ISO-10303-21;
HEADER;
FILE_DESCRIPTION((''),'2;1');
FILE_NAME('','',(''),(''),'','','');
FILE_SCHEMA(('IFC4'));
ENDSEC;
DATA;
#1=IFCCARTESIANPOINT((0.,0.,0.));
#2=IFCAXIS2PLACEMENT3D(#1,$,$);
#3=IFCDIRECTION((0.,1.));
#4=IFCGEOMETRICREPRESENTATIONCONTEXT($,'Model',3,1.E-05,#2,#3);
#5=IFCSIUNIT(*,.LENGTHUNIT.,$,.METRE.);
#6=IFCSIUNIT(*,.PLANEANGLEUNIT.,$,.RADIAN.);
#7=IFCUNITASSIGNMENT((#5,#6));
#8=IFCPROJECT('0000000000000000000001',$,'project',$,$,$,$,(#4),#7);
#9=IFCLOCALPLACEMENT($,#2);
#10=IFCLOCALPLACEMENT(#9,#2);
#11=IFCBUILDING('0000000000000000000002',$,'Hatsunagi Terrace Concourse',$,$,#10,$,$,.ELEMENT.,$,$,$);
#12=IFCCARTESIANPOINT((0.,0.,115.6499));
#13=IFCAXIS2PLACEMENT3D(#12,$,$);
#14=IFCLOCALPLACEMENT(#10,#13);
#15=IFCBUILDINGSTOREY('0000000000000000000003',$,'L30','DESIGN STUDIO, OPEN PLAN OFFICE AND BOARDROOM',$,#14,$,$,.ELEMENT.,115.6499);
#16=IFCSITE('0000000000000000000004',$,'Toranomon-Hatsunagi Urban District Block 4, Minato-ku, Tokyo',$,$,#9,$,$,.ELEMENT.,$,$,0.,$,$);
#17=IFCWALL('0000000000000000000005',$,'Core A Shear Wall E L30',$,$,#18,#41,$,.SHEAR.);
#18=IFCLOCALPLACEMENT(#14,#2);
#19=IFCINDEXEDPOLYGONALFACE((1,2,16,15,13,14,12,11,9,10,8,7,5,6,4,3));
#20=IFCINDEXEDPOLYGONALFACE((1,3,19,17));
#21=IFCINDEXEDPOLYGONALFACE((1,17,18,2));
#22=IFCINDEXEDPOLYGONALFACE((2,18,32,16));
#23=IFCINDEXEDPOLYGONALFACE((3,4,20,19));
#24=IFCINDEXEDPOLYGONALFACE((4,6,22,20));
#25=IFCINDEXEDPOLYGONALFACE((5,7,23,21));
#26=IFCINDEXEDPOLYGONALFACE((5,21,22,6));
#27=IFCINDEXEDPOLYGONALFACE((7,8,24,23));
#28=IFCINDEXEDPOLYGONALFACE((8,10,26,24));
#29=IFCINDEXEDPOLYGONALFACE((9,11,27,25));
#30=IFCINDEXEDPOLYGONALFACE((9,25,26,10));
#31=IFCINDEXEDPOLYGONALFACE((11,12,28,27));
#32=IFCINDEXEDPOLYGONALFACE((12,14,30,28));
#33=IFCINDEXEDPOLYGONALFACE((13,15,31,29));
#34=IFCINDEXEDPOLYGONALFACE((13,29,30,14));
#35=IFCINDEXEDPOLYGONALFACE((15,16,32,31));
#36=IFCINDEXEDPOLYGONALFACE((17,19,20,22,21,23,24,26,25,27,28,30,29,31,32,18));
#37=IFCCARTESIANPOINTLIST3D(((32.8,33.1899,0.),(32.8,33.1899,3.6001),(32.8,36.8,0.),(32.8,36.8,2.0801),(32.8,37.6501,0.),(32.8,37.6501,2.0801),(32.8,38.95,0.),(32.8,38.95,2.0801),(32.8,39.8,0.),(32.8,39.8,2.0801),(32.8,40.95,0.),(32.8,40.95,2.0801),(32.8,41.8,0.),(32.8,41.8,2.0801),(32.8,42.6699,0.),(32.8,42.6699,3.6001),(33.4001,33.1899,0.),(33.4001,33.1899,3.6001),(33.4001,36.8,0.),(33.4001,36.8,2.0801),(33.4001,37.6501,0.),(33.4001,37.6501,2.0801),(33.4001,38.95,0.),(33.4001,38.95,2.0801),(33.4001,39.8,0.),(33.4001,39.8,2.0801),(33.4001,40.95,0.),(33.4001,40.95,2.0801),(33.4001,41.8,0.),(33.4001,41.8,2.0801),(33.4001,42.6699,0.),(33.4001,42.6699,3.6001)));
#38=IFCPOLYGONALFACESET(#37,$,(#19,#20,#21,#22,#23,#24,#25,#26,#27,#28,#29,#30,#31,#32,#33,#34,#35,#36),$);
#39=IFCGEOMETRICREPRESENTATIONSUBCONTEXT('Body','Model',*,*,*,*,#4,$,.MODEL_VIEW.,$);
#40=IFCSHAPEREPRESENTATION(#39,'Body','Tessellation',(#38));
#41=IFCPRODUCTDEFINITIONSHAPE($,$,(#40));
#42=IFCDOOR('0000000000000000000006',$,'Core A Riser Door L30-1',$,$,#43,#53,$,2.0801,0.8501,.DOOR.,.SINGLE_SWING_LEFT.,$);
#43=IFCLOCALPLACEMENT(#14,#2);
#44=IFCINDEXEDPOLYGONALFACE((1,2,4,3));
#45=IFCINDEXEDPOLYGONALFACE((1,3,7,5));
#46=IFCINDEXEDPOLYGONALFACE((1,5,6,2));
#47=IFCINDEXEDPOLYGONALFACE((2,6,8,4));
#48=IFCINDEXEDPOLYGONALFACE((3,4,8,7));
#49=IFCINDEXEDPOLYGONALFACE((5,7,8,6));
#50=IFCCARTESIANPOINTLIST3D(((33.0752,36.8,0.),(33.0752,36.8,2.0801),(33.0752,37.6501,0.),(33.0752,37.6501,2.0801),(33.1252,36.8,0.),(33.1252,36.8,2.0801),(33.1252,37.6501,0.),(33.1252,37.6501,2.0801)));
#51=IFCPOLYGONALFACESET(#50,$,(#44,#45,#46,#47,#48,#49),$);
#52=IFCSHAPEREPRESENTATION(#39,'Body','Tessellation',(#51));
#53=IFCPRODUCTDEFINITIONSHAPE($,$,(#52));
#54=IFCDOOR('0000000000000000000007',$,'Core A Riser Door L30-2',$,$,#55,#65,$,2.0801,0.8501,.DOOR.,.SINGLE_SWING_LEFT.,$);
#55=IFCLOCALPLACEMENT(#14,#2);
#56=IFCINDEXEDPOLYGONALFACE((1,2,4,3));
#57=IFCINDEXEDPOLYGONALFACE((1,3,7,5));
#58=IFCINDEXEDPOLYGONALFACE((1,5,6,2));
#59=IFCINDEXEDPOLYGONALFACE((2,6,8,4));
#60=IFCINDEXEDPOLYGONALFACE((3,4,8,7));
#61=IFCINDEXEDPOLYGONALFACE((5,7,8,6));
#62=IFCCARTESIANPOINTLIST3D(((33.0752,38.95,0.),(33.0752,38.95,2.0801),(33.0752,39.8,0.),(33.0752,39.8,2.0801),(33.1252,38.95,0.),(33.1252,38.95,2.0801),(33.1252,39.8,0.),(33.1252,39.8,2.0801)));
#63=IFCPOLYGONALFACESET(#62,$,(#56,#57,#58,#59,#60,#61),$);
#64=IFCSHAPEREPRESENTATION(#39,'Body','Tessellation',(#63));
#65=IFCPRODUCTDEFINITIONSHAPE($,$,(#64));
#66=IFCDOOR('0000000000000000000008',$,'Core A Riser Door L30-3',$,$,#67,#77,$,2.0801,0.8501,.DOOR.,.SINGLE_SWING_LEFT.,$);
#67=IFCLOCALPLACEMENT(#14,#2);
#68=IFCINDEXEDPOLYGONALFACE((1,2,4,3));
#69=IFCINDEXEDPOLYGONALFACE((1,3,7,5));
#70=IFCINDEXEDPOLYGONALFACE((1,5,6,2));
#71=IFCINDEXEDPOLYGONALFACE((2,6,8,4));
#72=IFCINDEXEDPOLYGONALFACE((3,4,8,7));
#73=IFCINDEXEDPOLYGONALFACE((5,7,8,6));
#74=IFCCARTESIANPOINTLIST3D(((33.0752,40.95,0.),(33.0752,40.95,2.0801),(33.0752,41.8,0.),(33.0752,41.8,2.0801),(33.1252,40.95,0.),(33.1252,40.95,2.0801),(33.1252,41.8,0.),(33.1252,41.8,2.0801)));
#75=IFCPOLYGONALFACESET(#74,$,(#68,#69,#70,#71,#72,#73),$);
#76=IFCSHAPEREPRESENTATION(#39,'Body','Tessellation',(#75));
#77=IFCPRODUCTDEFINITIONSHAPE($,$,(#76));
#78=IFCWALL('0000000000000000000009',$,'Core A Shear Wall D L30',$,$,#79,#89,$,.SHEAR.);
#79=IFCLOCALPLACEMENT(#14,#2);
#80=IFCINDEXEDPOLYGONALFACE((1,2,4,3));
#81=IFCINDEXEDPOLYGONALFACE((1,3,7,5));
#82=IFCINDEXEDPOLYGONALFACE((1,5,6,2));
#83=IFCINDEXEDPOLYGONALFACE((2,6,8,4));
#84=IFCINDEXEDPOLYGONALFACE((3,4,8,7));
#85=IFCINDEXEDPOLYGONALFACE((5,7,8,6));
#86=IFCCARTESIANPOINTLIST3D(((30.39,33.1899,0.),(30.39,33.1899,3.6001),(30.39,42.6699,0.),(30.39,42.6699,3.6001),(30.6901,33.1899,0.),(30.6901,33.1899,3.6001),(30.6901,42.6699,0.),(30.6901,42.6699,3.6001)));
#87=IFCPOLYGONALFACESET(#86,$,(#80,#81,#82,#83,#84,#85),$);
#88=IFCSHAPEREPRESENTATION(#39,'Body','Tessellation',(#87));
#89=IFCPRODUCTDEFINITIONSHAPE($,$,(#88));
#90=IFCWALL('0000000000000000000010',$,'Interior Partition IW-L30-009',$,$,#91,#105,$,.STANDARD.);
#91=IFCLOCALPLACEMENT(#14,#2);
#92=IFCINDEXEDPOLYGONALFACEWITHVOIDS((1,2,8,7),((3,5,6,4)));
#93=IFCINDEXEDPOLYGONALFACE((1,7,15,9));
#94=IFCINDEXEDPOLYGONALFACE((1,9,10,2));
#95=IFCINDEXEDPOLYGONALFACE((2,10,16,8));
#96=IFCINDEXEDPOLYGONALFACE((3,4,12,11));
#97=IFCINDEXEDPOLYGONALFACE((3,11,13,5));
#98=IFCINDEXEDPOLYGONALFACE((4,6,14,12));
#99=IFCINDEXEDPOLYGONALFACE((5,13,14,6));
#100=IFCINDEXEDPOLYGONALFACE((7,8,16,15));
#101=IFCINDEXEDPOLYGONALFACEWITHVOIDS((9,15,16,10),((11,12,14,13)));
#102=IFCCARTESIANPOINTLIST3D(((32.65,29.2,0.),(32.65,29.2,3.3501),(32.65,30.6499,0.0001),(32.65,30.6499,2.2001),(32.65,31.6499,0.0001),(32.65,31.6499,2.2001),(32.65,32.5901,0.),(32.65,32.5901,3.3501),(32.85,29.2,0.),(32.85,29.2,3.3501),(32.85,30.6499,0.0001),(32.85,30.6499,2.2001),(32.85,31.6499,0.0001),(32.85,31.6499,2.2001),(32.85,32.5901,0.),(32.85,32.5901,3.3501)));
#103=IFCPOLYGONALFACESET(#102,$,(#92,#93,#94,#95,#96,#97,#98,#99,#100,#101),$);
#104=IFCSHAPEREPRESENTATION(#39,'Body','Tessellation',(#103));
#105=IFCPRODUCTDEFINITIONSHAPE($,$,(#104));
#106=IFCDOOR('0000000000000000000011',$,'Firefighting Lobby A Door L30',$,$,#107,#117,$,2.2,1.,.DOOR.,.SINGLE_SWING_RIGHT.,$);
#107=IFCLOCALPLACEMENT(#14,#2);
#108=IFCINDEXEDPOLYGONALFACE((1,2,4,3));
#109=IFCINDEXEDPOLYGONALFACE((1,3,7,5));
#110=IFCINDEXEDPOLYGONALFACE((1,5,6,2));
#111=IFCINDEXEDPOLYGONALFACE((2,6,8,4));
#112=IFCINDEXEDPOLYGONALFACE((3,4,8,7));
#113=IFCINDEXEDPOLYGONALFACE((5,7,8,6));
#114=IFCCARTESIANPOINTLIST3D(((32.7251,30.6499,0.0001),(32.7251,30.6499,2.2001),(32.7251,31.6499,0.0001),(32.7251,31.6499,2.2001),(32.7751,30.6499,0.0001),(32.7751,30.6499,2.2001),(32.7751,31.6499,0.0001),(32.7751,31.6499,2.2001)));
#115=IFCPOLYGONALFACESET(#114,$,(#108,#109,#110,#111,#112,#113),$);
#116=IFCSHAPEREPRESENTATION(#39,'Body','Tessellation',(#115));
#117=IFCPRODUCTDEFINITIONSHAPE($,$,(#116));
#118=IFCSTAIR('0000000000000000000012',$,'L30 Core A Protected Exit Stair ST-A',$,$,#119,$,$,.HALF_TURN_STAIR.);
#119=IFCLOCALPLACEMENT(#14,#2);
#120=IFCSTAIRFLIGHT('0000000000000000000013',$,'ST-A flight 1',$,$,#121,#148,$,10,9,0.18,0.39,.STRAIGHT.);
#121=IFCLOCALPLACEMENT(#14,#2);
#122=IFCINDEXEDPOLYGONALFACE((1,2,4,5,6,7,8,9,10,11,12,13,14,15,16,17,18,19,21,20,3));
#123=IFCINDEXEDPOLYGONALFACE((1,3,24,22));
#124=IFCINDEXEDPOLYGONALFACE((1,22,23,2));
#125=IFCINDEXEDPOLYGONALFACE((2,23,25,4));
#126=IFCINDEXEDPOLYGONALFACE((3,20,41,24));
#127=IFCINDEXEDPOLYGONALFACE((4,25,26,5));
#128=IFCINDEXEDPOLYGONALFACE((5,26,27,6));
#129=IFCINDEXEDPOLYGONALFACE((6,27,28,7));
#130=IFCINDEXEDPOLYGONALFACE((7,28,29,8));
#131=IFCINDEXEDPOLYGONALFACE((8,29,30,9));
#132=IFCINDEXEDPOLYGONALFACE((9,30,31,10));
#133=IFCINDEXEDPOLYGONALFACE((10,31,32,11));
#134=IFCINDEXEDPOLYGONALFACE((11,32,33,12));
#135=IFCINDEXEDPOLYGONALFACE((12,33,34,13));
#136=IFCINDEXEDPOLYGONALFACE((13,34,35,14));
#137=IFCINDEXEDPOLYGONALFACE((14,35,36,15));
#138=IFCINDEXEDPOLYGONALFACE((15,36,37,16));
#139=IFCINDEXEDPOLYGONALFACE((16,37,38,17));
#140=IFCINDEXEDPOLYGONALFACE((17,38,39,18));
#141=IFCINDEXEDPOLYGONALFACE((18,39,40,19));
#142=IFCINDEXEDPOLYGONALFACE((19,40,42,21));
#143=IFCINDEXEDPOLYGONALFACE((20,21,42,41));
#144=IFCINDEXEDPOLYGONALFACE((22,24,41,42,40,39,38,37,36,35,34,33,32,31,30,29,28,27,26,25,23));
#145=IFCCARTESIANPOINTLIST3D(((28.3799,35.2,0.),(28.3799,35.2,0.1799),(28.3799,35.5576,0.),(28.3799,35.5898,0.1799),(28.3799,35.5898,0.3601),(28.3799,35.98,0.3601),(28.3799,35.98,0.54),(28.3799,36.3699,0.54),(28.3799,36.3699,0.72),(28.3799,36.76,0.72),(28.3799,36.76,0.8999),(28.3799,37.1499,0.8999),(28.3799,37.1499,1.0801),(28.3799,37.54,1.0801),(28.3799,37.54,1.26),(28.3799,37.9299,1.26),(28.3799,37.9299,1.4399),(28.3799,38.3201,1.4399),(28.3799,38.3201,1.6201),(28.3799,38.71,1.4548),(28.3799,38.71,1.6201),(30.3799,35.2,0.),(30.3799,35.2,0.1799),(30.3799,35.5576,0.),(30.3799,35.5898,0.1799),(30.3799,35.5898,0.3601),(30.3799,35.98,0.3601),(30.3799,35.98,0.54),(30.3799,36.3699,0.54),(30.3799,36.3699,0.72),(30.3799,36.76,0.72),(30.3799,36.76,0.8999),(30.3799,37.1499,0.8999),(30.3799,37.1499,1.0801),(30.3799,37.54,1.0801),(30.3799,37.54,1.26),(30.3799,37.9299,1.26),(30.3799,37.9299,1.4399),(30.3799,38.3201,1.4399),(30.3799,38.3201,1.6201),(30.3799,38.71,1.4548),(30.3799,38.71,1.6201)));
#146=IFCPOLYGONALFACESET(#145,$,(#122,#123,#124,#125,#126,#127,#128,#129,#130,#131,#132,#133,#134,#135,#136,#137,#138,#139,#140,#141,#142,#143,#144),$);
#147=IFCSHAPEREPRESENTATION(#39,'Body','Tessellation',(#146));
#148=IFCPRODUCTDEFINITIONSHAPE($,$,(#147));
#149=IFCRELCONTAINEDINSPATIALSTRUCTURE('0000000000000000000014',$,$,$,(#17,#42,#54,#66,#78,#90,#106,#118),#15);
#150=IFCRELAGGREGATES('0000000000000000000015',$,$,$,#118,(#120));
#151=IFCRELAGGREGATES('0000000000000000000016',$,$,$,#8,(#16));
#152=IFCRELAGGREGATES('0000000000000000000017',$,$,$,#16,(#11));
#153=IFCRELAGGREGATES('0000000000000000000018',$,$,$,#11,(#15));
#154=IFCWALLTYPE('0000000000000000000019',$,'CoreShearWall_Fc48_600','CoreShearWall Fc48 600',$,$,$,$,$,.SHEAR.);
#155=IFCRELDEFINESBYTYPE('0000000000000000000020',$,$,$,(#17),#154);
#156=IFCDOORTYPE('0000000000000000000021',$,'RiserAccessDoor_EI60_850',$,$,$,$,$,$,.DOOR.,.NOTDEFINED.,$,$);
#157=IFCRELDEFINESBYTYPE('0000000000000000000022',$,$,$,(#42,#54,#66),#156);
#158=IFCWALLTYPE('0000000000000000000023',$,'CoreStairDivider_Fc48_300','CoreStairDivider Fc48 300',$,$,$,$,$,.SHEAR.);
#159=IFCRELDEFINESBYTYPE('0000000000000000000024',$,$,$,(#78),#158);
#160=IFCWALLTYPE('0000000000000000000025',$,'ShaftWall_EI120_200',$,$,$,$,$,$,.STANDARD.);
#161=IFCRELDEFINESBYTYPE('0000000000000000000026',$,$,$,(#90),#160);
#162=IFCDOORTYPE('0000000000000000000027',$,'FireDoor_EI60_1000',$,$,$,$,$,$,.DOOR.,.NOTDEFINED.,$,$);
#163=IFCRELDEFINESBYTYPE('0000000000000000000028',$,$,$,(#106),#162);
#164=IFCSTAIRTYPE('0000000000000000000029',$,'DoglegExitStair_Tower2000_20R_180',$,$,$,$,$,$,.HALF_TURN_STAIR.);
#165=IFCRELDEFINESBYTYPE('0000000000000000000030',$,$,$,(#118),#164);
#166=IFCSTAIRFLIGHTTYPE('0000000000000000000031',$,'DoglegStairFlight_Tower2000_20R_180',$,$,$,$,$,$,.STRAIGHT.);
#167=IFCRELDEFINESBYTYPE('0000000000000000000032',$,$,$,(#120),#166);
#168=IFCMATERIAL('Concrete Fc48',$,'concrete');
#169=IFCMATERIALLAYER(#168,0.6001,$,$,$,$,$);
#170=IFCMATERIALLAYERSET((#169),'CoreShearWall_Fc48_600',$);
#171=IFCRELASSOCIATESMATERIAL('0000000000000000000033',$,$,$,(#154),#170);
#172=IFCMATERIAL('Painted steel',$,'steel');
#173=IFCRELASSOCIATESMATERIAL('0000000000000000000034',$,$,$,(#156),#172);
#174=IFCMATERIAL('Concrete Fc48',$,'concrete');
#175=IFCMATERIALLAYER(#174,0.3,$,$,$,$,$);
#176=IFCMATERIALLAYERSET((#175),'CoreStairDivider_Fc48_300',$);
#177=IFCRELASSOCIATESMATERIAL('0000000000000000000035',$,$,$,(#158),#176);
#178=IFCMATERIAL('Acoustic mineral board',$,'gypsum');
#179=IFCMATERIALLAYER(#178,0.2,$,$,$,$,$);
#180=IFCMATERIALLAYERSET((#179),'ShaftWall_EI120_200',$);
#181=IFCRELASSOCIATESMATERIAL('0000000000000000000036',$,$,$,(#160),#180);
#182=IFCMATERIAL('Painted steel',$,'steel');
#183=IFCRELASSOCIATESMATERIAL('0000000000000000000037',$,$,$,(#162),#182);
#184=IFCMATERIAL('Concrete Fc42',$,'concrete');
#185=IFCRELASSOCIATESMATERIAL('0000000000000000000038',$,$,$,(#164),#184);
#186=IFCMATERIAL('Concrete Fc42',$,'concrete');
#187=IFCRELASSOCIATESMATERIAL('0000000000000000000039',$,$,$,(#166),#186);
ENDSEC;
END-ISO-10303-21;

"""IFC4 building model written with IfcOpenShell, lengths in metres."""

from ifc_helpers import new_model, si_unit, direction, frame, frame_2d, origin, place, context, subcontext, project, spatial, polyline, rectangle, outline, extrude, material, layer, layer_set, type_object, element, fill, aggregate, save


model = new_model("IFC4")

# Units and contexts
model_context = context("Model", 3, precision=1e-05, world=origin(), true_north=direction((0.0, 1.0)))
body_context = subcontext(model_context, "Body", "Model", "MODEL_VIEW")
ifc_project = project(units=[si_unit("LENGTHUNIT", "METRE"), si_unit("PLANEANGLEUNIT", "RADIAN")], contexts=[model_context])

# Site, building, storey
site_placement = place(None, origin())
site = spatial("IfcSite", under=ifc_project, at=site_placement, Name="Toranomon-Hatsunagi Urban District Block 4, Minato-ku, Tokyo", CompositionType="ELEMENT", RefElevation=0.0)
building_placement = place(site_placement, origin())
building = spatial("IfcBuilding", under=site, at=building_placement, Name="Hatsunagi Terrace Concourse", CompositionType="ELEMENT")
storey_placement = place(building_placement, frame((0.0, 0.0, 115.6499)))
storey = spatial("IfcBuildingStorey", under=building, at=storey_placement, Name="L30", Description="DESIGN STUDIO, OPEN PLAN OFFICE AND BOARDROOM", CompositionType="ELEMENT", Elevation=115.6499)

# Wall, openings, doors
ifc_material_1 = material(Name="Concrete Fc48", Category="concrete")
ifc_layer_1 = layer(ifc_material_1, 0.6001)
ifc_layer_set_1 = layer_set([ifc_layer_1], Name="CoreShearWall_Fc48_600")
wall_type_1 = type_object("IfcWallType", Name="CoreShearWall_Fc48_600", Description="CoreShearWall Fc48 600", PredefinedType="SHEAR", material=ifc_layer_set_1)
wall_1_placement = place(storey_placement, frame((33.1001, 33.1899, 0.0), z_axis=(0.0, 0.0, 1.0), x_axis=(0.0, 1.0, 0.0)))
wall_1 = element("IfcWall", 1, at=wall_1_placement, inside=storey, type_object=wall_type_1, Name="Core A Shear Wall E L30", PredefinedType="SHEAR", context=body_context, shape_type="SweptSolid", body=[
    extrude(rectangle(XDim=9.48, YDim=0.6001, at=frame_2d((4.74, 0.0))), origin(), (0.0, 0.0, 1.0), 3.6001),
])
opening_1_placement = place(wall_1_placement, frame((3.6101, 0.0, 0.0)))
opening_1 = element("IfcOpeningElement", 2, at=opening_1_placement, cuts=wall_1, PredefinedType="OPENING", context=body_context, shape_type="SweptSolid", body=[
    extrude(rectangle(XDim=0.8501, YDim=2.0801, at=frame_2d((0.425, 1.04))), frame((0.0, 0.3101, 0.0), z_axis=(0.0, -1.0, 0.0), x_axis=(1.0, 0.0, 0.0)), (0.0, 0.0, 1.0), 0.6201),
])
opening_2_placement = place(wall_1_placement, frame((5.76, 0.0, 0.0)))
opening_2 = element("IfcOpeningElement", 3, at=opening_2_placement, cuts=wall_1, PredefinedType="OPENING", context=body_context, shape_type="SweptSolid", body=[
    extrude(rectangle(XDim=0.8501, YDim=2.0801, at=frame_2d((0.425, 1.04))), frame((0.0, 0.3101, 0.0), z_axis=(0.0, -1.0, 0.0), x_axis=(1.0, 0.0, 0.0)), (0.0, 0.0, 1.0), 0.6201),
])
opening_3_placement = place(wall_1_placement, frame((7.76, 0.0, 0.0)))
opening_3 = element("IfcOpeningElement", 4, at=opening_3_placement, cuts=wall_1, PredefinedType="OPENING", context=body_context, shape_type="SweptSolid", body=[
    extrude(rectangle(XDim=0.8501, YDim=2.0801, at=frame_2d((0.425, 1.04))), frame((0.0, 0.3101, 0.0), z_axis=(0.0, -1.0, 0.0), x_axis=(1.0, 0.0, 0.0)), (0.0, 0.0, 1.0), 0.6201),
])
ifc_material_2 = material(Name="Painted steel", Category="steel")
door_type_1 = type_object("IfcDoorType", Name="RiserAccessDoor_EI60_850", OperationType="NOTDEFINED", PredefinedType="DOOR", material=ifc_material_2)
door_1_placement = place(opening_1_placement, origin())
door_1 = element("IfcDoor", 5, at=door_1_placement, inside=storey, type_object=door_type_1, Name="Core A Riser Door L30-1", OperationType="SINGLE_SWING_LEFT", OverallHeight=2.0801, OverallWidth=0.8501, PredefinedType="DOOR", context=body_context, shape_type="SweptSolid", body=[
    extrude(rectangle(XDim=0.8501, YDim=2.0801, at=frame_2d((0.425, 1.04))), frame((0.0, 0.0249, 0.0), z_axis=(0.0, -1.0, 0.0), x_axis=(1.0, 0.0, 0.0)), (0.0, 0.0, 1.0), 0.05),
])
fill(opening_1, door_1)
door_2_placement = place(opening_2_placement, origin())
door_2 = element("IfcDoor", 6, at=door_2_placement, inside=storey, type_object=door_type_1, Name="Core A Riser Door L30-2", OperationType="SINGLE_SWING_LEFT", OverallHeight=2.0801, OverallWidth=0.8501, PredefinedType="DOOR", context=body_context, shape_type="SweptSolid", body=[
    extrude(rectangle(XDim=0.8501, YDim=2.0801, at=frame_2d((0.425, 1.04))), frame((0.0, 0.0249, 0.0), z_axis=(0.0, -1.0, 0.0), x_axis=(1.0, 0.0, 0.0)), (0.0, 0.0, 1.0), 0.05),
])
fill(opening_2, door_2)
door_3_placement = place(opening_3_placement, origin())
door_3 = element("IfcDoor", 7, at=door_3_placement, inside=storey, type_object=door_type_1, Name="Core A Riser Door L30-3", OperationType="SINGLE_SWING_LEFT", OverallHeight=2.0801, OverallWidth=0.8501, PredefinedType="DOOR", context=body_context, shape_type="SweptSolid", body=[
    extrude(rectangle(XDim=0.8501, YDim=2.0801, at=frame_2d((0.425, 1.04))), frame((0.0, 0.0249, 0.0), z_axis=(0.0, -1.0, 0.0), x_axis=(1.0, 0.0, 0.0)), (0.0, 0.0, 1.0), 0.05),
])
fill(opening_3, door_3)

# Wall
ifc_material_3 = material(Name="Concrete Fc48", Category="concrete")
ifc_layer_2 = layer(ifc_material_3, 0.3)
ifc_layer_set_2 = layer_set([ifc_layer_2], Name="CoreStairDivider_Fc48_300")
wall_type_2 = type_object("IfcWallType", Name="CoreStairDivider_Fc48_300", Description="CoreStairDivider Fc48 300", PredefinedType="SHEAR", material=ifc_layer_set_2)
wall_2_placement = place(storey_placement, frame((30.54, 33.1899, 0.0), z_axis=(0.0, 0.0, 1.0), x_axis=(0.0, 1.0, 0.0)))
element("IfcWall", 8, at=wall_2_placement, inside=storey, type_object=wall_type_2, Name="Core A Shear Wall D L30", PredefinedType="SHEAR", context=body_context, shape_type="SweptSolid", body=[
    extrude(rectangle(XDim=9.48, YDim=0.3, at=frame_2d((4.74, 0.0))), origin(), (0.0, 0.0, 1.0), 3.6001),
])

# Wall, opening, door
ifc_material_4 = material(Name="Acoustic mineral board", Category="gypsum")
ifc_layer_3 = layer(ifc_material_4, 0.2)
ifc_layer_set_3 = layer_set([ifc_layer_3], Name="ShaftWall_EI120_200")
wall_type_3 = type_object("IfcWallType", Name="ShaftWall_EI120_200", PredefinedType="STANDARD", material=ifc_layer_set_3)
wall_3_placement = place(storey_placement, frame((32.75, 29.2, 0.0), z_axis=(0.0, 0.0, 1.0), x_axis=(0.0, 1.0, 0.0)))
wall_3 = element("IfcWall", 9, at=wall_3_placement, inside=storey, type_object=wall_type_3, Name="Interior Partition IW-L30-009", PredefinedType="STANDARD", context=body_context, shape_type="SweptSolid", body=[
    extrude(rectangle(XDim=3.3901, YDim=0.2, at=frame_2d((1.6951, 0.0))), origin(), (0.0, 0.0, 1.0), 3.3501),
])
opening_4_placement = place(wall_3_placement, frame((1.45, 0.0, 0.0)))
opening_4 = element("IfcOpeningElement", 10, at=opening_4_placement, cuts=wall_3, PredefinedType="OPENING", context=body_context, shape_type="SweptSolid", body=[
    extrude(rectangle(XDim=1.0, YDim=2.2, at=frame_2d((0.5, 1.1001))), frame((0.0, 0.1099, 0.0), z_axis=(0.0, -1.0, 0.0), x_axis=(1.0, 0.0, 0.0)), (0.0, 0.0, 1.0), 0.22),
])
ifc_material_5 = material(Name="Painted steel", Category="steel")
door_type_2 = type_object("IfcDoorType", Name="FireDoor_EI60_1000", OperationType="NOTDEFINED", PredefinedType="DOOR", material=ifc_material_5)
door_4_placement = place(opening_4_placement, origin())
door_4 = element("IfcDoor", 11, at=door_4_placement, inside=storey, type_object=door_type_2, Name="Firefighting Lobby A Door L30", OperationType="SINGLE_SWING_RIGHT", OverallHeight=2.2, OverallWidth=1.0, PredefinedType="DOOR", context=body_context, shape_type="SweptSolid", body=[
    extrude(rectangle(XDim=1.0, YDim=2.2, at=frame_2d((0.5, 1.1001))), frame((0.0, 0.0249, 0.0), z_axis=(0.0, -1.0, 0.0), x_axis=(1.0, 0.0, 0.0)), (0.0, 0.0, 1.0), 0.05),
])
fill(opening_4, door_4)

# Stair, stair flight
ifc_material_6 = material(Name="Concrete Fc42", Category="concrete")
stair_type = type_object("IfcStairType", Name="DoglegExitStair_Tower2000_20R_180", PredefinedType="HALF_TURN_STAIR", material=ifc_material_6)
stair_1_placement = place(storey_placement, origin())
stair_1 = element("IfcStair", 12, at=stair_1_placement, inside=storey, type_object=stair_type, Name="L30 Core A Protected Exit Stair ST-A", PredefinedType="HALF_TURN_STAIR")
ifc_material_7 = material(Name="Concrete Fc42", Category="concrete")
stair_flight_type = type_object("IfcStairFlightType", Name="DoglegStairFlight_Tower2000_20R_180", PredefinedType="STRAIGHT", material=ifc_material_7)
stair_flight_1_placement = place(storey_placement, frame((29.3799, 35.2, 0.0), z_axis=(0.0, 0.0, 1.0), x_axis=(0.0, 1.0, 0.0)))
stair_flight_1 = element("IfcStairFlight", 13, at=stair_flight_1_placement, type_object=stair_flight_type, Name="ST-A flight 1", NumberOfRisers=10, NumberOfTreads=9, PredefinedType="STRAIGHT", RiserHeight=0.18, TreadLength=0.39, context=body_context, shape_type="SweptSolid", body=[
    extrude(outline(polyline([(0.0, 0.0), (0.0, 0.1799), (0.3899, 0.1799), (0.3899, 0.3601), (0.78, 0.3601), (0.78, 0.54), (1.1699, 0.54), (1.1699, 0.72), (1.5601, 0.72), (1.5601, 0.8999), (1.95, 0.8999), (1.95, 1.0801), (2.3401, 1.0801), (2.3401, 1.26), (2.73, 1.26), (2.73, 1.4399), (3.1201, 1.4399), (3.1201, 1.6201), (3.51, 1.6201), (3.51, 1.8), (3.51, 1.4548), (0.3577, 0.0), (0.0, 0.0)])), frame((0.0, 1.0, 0.0), z_axis=(0.0, -1.0, 0.0), x_axis=(1.0, 0.0, 0.0)), (0.0, 0.0, 1.0), 2.0),
])
aggregate(stair_1, [stair_flight_1])

save(model, "model.ifc")
